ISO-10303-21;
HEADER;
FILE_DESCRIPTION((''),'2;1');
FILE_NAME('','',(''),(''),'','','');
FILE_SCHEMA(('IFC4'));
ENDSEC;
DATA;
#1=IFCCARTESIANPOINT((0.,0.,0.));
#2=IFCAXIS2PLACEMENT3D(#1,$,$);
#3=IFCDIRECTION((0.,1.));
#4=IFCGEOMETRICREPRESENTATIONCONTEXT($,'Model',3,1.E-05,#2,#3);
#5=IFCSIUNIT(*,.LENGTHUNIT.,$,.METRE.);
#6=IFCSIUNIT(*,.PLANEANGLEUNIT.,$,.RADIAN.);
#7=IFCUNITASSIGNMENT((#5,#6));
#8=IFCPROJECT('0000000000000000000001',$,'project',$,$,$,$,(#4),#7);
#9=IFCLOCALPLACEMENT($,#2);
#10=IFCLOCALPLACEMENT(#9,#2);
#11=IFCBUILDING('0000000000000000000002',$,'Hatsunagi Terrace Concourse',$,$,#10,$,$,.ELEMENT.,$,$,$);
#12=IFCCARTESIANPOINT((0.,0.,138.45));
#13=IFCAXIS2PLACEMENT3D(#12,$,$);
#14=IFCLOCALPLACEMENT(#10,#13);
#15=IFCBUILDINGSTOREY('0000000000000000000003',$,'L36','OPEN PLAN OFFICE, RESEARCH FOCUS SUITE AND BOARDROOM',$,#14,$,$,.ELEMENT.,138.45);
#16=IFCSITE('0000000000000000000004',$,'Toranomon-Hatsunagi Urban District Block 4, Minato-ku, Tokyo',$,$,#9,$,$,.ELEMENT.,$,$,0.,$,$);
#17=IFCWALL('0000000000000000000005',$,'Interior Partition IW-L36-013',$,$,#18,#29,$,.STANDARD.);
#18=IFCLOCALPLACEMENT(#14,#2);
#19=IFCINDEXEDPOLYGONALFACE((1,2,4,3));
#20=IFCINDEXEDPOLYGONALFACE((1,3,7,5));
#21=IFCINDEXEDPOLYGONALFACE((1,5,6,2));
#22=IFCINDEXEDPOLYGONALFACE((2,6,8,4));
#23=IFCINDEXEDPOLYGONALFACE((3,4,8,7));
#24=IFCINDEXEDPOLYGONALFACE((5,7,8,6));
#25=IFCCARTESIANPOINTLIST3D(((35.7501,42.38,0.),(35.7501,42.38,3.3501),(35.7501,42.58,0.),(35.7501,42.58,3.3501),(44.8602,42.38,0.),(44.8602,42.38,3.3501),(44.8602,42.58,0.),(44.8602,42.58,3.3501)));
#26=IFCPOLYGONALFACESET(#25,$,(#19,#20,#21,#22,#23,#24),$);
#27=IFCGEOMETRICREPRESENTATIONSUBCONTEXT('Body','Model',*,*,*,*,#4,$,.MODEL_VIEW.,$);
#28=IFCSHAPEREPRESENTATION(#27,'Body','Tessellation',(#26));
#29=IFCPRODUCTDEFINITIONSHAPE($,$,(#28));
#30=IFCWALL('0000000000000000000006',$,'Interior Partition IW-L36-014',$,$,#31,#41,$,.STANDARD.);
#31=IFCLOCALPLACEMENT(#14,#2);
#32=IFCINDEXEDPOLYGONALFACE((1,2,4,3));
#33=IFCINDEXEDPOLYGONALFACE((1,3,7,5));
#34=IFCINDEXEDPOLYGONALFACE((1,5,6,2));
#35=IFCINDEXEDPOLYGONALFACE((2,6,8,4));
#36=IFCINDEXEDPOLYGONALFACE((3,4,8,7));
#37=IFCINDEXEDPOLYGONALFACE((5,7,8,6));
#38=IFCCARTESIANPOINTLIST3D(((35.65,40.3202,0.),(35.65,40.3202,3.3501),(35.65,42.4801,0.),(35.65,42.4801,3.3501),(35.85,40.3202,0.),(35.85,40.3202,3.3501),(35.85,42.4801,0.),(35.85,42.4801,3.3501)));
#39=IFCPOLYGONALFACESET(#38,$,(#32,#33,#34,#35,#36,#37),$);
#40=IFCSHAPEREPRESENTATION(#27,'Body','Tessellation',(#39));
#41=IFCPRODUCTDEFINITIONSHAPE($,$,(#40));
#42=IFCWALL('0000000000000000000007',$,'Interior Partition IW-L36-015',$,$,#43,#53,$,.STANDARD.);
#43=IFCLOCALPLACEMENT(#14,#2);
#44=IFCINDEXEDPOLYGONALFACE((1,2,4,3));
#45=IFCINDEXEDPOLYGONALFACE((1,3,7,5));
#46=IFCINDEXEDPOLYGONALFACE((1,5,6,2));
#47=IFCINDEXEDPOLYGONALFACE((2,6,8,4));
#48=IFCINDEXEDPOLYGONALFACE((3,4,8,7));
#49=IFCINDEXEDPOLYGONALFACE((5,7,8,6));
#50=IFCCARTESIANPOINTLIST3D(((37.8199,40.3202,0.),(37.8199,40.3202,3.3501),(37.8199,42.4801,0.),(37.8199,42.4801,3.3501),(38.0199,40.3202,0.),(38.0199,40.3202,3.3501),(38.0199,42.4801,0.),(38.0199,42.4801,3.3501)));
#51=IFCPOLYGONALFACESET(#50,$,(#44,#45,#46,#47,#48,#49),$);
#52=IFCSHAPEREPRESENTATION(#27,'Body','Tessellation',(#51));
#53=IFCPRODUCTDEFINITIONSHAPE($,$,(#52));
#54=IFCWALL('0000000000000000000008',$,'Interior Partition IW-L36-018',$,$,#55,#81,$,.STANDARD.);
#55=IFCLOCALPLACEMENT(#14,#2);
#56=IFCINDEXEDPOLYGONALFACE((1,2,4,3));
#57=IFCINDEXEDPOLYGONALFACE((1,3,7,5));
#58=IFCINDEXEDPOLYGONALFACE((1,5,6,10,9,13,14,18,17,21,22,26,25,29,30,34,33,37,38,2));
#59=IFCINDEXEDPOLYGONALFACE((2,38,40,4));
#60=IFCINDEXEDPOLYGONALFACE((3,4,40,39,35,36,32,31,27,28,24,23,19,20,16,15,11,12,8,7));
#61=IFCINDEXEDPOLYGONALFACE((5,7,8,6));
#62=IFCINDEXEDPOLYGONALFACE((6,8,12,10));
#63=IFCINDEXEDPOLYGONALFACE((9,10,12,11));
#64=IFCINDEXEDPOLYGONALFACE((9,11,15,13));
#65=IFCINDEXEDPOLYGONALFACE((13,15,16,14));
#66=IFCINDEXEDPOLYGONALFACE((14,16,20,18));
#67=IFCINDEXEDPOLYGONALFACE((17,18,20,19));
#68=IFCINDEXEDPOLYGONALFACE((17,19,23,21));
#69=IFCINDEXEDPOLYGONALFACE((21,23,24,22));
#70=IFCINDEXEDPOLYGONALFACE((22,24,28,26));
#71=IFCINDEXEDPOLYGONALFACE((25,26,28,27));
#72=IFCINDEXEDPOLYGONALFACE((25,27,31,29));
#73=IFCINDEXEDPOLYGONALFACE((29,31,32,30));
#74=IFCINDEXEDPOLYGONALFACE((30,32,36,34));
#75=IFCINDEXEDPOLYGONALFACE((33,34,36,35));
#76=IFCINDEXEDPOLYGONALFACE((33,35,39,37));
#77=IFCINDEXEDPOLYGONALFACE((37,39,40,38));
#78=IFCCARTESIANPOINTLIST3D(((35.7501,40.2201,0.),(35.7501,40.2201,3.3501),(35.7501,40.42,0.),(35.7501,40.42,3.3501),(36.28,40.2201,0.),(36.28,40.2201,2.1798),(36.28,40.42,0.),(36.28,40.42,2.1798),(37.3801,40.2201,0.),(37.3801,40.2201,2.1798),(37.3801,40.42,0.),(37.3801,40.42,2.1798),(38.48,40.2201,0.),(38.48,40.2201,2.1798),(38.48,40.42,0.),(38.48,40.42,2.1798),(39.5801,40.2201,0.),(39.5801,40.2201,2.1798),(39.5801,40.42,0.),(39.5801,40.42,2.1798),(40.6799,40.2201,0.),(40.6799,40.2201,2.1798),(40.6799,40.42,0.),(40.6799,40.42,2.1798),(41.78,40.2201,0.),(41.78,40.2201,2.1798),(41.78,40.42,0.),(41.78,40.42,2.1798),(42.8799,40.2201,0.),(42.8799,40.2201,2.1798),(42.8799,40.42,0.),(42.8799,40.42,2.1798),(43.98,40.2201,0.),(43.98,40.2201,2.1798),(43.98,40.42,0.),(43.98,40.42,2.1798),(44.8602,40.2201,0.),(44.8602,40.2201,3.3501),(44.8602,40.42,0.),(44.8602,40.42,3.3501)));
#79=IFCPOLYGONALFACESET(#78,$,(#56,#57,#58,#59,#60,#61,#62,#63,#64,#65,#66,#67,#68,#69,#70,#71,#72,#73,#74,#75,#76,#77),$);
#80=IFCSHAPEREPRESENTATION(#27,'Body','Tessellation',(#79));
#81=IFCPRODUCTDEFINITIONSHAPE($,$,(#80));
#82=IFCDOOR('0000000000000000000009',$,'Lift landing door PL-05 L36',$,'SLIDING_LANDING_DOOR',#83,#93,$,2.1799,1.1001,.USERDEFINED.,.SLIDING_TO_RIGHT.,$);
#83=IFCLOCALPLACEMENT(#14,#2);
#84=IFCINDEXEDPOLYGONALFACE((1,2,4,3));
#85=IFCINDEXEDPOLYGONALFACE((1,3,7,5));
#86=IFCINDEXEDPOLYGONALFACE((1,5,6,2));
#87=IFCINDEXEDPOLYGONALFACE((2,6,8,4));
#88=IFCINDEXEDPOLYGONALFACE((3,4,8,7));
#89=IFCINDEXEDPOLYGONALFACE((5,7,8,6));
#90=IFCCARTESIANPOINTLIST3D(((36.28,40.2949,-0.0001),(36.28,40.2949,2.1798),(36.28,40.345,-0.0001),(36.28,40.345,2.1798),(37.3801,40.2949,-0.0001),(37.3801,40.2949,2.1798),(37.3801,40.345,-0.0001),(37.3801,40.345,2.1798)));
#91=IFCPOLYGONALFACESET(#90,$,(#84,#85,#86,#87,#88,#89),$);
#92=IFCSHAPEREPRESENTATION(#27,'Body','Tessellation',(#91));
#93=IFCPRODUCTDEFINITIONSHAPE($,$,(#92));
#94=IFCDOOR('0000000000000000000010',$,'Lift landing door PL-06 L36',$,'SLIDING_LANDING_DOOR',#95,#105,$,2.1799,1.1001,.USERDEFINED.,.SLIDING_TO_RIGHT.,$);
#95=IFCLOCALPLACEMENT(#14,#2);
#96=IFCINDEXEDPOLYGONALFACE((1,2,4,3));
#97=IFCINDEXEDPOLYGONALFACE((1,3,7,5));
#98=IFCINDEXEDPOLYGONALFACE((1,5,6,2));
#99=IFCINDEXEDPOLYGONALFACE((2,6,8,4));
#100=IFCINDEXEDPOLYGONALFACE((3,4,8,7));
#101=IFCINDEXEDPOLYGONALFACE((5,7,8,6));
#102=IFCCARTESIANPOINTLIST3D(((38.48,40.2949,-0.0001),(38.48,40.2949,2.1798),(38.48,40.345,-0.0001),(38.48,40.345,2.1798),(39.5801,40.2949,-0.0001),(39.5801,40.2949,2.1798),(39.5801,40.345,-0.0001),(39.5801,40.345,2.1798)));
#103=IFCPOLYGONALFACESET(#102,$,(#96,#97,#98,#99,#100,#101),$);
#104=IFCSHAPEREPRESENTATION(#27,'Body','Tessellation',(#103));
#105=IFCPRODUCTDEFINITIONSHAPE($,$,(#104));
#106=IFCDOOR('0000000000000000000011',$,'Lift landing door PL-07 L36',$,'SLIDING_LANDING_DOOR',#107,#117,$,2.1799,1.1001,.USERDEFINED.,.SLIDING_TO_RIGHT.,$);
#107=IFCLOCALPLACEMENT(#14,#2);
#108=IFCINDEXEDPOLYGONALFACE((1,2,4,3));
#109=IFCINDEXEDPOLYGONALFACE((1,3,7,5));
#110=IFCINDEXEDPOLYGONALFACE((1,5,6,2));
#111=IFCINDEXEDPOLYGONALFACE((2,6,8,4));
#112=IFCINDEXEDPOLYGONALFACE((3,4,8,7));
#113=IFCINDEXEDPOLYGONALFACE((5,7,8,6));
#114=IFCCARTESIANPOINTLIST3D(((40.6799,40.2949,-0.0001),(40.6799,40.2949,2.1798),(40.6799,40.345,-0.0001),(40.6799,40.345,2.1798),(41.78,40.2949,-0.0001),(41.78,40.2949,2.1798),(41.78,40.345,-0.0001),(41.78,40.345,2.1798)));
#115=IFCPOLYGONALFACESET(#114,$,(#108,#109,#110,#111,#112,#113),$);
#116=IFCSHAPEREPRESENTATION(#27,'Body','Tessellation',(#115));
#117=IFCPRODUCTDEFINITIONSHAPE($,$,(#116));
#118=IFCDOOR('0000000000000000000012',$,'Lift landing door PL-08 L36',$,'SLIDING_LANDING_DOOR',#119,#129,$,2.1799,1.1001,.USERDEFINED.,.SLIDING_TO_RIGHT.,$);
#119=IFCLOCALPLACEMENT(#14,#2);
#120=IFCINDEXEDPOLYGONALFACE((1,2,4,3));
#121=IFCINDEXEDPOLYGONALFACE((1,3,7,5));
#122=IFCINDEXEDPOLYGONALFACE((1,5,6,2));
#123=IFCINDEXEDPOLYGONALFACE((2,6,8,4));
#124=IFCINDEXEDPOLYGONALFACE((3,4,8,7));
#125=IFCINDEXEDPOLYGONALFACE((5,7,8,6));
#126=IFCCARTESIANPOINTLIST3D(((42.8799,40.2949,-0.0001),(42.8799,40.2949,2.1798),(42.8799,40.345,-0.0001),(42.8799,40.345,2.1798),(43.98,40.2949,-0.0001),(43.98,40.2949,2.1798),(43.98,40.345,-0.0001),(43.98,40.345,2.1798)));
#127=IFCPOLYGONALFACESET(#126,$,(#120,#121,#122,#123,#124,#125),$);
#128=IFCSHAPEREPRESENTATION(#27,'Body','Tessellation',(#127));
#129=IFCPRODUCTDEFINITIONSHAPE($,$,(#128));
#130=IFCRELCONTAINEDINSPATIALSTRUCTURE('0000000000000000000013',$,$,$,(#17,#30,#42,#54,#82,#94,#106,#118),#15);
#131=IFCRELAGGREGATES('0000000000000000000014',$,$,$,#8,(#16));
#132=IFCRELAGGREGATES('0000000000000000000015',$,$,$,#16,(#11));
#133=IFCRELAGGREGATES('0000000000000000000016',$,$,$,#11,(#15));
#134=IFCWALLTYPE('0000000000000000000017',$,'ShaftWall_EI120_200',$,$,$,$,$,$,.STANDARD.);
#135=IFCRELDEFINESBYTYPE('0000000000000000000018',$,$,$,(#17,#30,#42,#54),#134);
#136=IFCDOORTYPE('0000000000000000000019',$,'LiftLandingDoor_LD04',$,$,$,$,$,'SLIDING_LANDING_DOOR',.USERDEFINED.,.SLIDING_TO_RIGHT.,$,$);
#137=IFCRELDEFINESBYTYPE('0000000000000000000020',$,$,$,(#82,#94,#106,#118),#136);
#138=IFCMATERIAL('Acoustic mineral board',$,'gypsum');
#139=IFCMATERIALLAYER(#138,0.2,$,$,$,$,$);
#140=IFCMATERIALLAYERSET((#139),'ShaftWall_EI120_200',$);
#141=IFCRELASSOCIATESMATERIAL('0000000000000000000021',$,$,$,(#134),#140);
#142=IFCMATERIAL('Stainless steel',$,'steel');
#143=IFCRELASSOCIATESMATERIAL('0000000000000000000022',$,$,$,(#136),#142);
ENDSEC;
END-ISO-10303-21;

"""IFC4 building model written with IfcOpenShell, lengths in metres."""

from ifc_helpers import new_model, si_unit, direction, frame, frame_2d, origin, place, context, subcontext, project, spatial, rectangle, extrude, material, layer, layer_set, type_object, element, fill, save


model = new_model("IFC4")

# Units and contexts
model_context = context("Model", 3, precision=1e-05, world=origin(), true_north=direction((0.0, 1.0)))
body_context = subcontext(model_context, "Body", "Model", "MODEL_VIEW")
ifc_project = project(units=[si_unit("LENGTHUNIT", "METRE"), si_unit("PLANEANGLEUNIT", "RADIAN")], contexts=[model_context])

# Site, building, storey
site_placement = place(None, origin())
site = spatial("IfcSite", under=ifc_project, at=site_placement, Name="Toranomon-Hatsunagi Urban District Block 4, Minato-ku, Tokyo", CompositionType="ELEMENT", RefElevation=0.0)
building_placement = place(site_placement, origin())
building = spatial("IfcBuilding", under=site, at=building_placement, Name="Hatsunagi Terrace Concourse", CompositionType="ELEMENT")
storey_placement = place(building_placement, frame((0.0, 0.0, 138.45)))
storey = spatial("IfcBuildingStorey", under=building, at=storey_placement, Name="L36", Description="OPEN PLAN OFFICE, RESEARCH FOCUS SUITE AND BOARDROOM", CompositionType="ELEMENT", Elevation=138.45)

# Walls
ifc_material_1 = material(Name="Acoustic mineral board", Category="gypsum")
ifc_layer_1 = layer(ifc_material_1, 0.2)
ifc_layer_set_1 = layer_set([ifc_layer_1], Name="ShaftWall_EI120_200")
wall_type_1 = type_object("IfcWallType", Name="ShaftWall_EI120_200", PredefinedType="STANDARD", material=ifc_layer_set_1)
wall_1_placement = place(storey_placement, frame((35.75, 42.48, 0.0), z_axis=(0.0, 0.0, 1.0), x_axis=(1.0, 0.0, 0.0)))
element("IfcWall", 1, at=wall_1_placement, inside=storey, type_object=wall_type_1, Name="Interior Partition IW-L36-013", PredefinedType="STANDARD", context=body_context, shape_type="SweptSolid", body=[
    extrude(rectangle(XDim=9.1101, YDim=0.2, at=frame_2d((4.5552, 0.0))), origin(), (0.0, 0.0, 1.0), 3.3501),
])
for number, where, z_axis, x_axis, name in (
    (2, (35.75, 40.3201, 0.0), (0.0, 0.0, 1.0), (0.0, 1.0, 0.0), "Interior Partition IW-L36-014"),
    (3, (37.9199, 40.3201, 0.0), (0.0, 0.0, 1.0), (0.0, 1.0, 0.0), "Interior Partition IW-L36-015"),
):
    element("IfcWall", number, at=place(storey_placement, frame(where, z_axis=z_axis, x_axis=x_axis)), inside=storey, type_object=wall_type_1, Name=name, PredefinedType="STANDARD", context=body_context, shape_type="SweptSolid", body=[
        extrude(rectangle(XDim=2.1599, YDim=0.2, at=frame_2d((1.0801, 0.0))), origin(), (0.0, 0.0, 1.0), 3.3501),
    ])

# Wall, openings, doors
wall_2_placement = place(storey_placement, frame((35.75, 40.3201, 0.0), z_axis=(0.0, 0.0, 1.0), x_axis=(1.0, 0.0, 0.0)))
wall_2 = element("IfcWall", 4, at=wall_2_placement, inside=storey, type_object=wall_type_1, Name="Interior Partition IW-L36-018", PredefinedType="STANDARD", context=body_context, shape_type="SweptSolid", body=[
    extrude(rectangle(XDim=9.1101, YDim=0.2, at=frame_2d((4.5552, 0.0))), origin(), (0.0, 0.0, 1.0), 3.3501),
])
opening_1_placement = place(wall_2_placement, frame((0.53, 0.0, 0.0)))
opening_1 = element("IfcOpeningElement", 5, at=opening_1_placement, cuts=wall_2, PredefinedType="OPENING", context=body_context, shape_type="SweptSolid", body=[
    extrude(rectangle(XDim=1.1001, YDim=2.1799, at=frame_2d((0.55, 1.0898))), frame((0.0, 0.1099, 0.0), z_axis=(0.0, -1.0, 0.0), x_axis=(1.0, 0.0, 0.0)), (0.0, 0.0, 1.0), 0.22),
])
opening_2_placement = place(wall_2_placement, frame((2.73, 0.0, 0.0)))
opening_2 = element("IfcOpeningElement", 6, at=opening_2_placement, cuts=wall_2, PredefinedType="OPENING", context=body_context, shape_type="SweptSolid", body=[
    extrude(rectangle(XDim=1.1001, YDim=2.1799, at=frame_2d((0.55, 1.0898))), frame((0.0, 0.1099, 0.0), z_axis=(0.0, -1.0, 0.0), x_axis=(1.0, 0.0, 0.0)), (0.0, 0.0, 1.0), 0.22),
])
opening_3_placement = place(wall_2_placement, frame((4.9299, 0.0, 0.0)))
opening_3 = element("IfcOpeningElement", 7, at=opening_3_placement, cuts=wall_2, PredefinedType="OPENING", context=body_context, shape_type="SweptSolid", body=[
    extrude(rectangle(XDim=1.1001, YDim=2.1799, at=frame_2d((0.55, 1.0898))), frame((0.0, 0.1099, 0.0), z_axis=(0.0, -1.0, 0.0), x_axis=(1.0, 0.0, 0.0)), (0.0, 0.0, 1.0), 0.22),
])
opening_4_placement = place(wall_2_placement, frame((7.1299, 0.0, 0.0)))
opening_4 = element("IfcOpeningElement", 8, at=opening_4_placement, cuts=wall_2, PredefinedType="OPENING", context=body_context, shape_type="SweptSolid", body=[
    extrude(rectangle(XDim=1.1001, YDim=2.1799, at=frame_2d((0.55, 1.0898))), frame((0.0, 0.1099, 0.0), z_axis=(0.0, -1.0, 0.0), x_axis=(1.0, 0.0, 0.0)), (0.0, 0.0, 1.0), 0.22),
])
ifc_material_2 = material(Name="Stainless steel", Category="steel")
door_type_1 = type_object("IfcDoorType", Name="LiftLandingDoor_LD04", ElementType="SLIDING_LANDING_DOOR", OperationType="SLIDING_TO_RIGHT", PredefinedType="USERDEFINED", material=ifc_material_2)
door_1_placement = place(opening_1_placement, origin())
door_1 = element("IfcDoor", 9, at=door_1_placement, inside=storey, type_object=door_type_1, Name="Lift landing door PL-05 L36", ObjectType="SLIDING_LANDING_DOOR", OperationType="SLIDING_TO_RIGHT", OverallHeight=2.1799, OverallWidth=1.1001, PredefinedType="USERDEFINED", context=body_context, shape_type="SweptSolid", body=[
    extrude(rectangle(XDim=1.1001, YDim=2.1799, at=frame_2d((0.55, 1.0898))), frame((0.0, 0.0249, 0.0), z_axis=(0.0, -1.0, 0.0), x_axis=(1.0, 0.0, 0.0)), (0.0, 0.0, 1.0), 0.05),
])
fill(opening_1, door_1)
door_2_placement = place(opening_2_placement, origin())
door_2 = element("IfcDoor", 10, at=door_2_placement, inside=storey, type_object=door_type_1, Name="Lift landing door PL-06 L36", ObjectType="SLIDING_LANDING_DOOR", OperationType="SLIDING_TO_RIGHT", OverallHeight=2.1799, OverallWidth=1.1001, PredefinedType="USERDEFINED", context=body_context, shape_type="SweptSolid", body=[
    extrude(rectangle(XDim=1.1001, YDim=2.1799, at=frame_2d((0.55, 1.0898))), frame((0.0, 0.0249, 0.0), z_axis=(0.0, -1.0, 0.0), x_axis=(1.0, 0.0, 0.0)), (0.0, 0.0, 1.0), 0.05),
])
fill(opening_2, door_2)
door_3_placement = place(opening_3_placement, origin())
door_3 = element("IfcDoor", 11, at=door_3_placement, inside=storey, type_object=door_type_1, Name="Lift landing door PL-07 L36", ObjectType="SLIDING_LANDING_DOOR", OperationType="SLIDING_TO_RIGHT", OverallHeight=2.1799, OverallWidth=1.1001, PredefinedType="USERDEFINED", context=body_context, shape_type="SweptSolid", body=[
    extrude(rectangle(XDim=1.1001, YDim=2.1799, at=frame_2d((0.55, 1.0898))), frame((0.0, 0.0249, 0.0), z_axis=(0.0, -1.0, 0.0), x_axis=(1.0, 0.0, 0.0)), (0.0, 0.0, 1.0), 0.05),
])
fill(opening_3, door_3)
door_4_placement = place(opening_4_placement, origin())
door_4 = element("IfcDoor", 12, at=door_4_placement, inside=storey, type_object=door_type_1, Name="Lift landing door PL-08 L36", ObjectType="SLIDING_LANDING_DOOR", OperationType="SLIDING_TO_RIGHT", OverallHeight=2.1799, OverallWidth=1.1001, PredefinedType="USERDEFINED", context=body_context, shape_type="SweptSolid", body=[
    extrude(rectangle(XDim=1.1001, YDim=2.1799, at=frame_2d((0.55, 1.0898))), frame((0.0, 0.0249, 0.0), z_axis=(0.0, -1.0, 0.0), x_axis=(1.0, 0.0, 0.0)), (0.0, 0.0, 1.0), 0.05),
])
fill(opening_4, door_4)

save(model, "model.ifc")
